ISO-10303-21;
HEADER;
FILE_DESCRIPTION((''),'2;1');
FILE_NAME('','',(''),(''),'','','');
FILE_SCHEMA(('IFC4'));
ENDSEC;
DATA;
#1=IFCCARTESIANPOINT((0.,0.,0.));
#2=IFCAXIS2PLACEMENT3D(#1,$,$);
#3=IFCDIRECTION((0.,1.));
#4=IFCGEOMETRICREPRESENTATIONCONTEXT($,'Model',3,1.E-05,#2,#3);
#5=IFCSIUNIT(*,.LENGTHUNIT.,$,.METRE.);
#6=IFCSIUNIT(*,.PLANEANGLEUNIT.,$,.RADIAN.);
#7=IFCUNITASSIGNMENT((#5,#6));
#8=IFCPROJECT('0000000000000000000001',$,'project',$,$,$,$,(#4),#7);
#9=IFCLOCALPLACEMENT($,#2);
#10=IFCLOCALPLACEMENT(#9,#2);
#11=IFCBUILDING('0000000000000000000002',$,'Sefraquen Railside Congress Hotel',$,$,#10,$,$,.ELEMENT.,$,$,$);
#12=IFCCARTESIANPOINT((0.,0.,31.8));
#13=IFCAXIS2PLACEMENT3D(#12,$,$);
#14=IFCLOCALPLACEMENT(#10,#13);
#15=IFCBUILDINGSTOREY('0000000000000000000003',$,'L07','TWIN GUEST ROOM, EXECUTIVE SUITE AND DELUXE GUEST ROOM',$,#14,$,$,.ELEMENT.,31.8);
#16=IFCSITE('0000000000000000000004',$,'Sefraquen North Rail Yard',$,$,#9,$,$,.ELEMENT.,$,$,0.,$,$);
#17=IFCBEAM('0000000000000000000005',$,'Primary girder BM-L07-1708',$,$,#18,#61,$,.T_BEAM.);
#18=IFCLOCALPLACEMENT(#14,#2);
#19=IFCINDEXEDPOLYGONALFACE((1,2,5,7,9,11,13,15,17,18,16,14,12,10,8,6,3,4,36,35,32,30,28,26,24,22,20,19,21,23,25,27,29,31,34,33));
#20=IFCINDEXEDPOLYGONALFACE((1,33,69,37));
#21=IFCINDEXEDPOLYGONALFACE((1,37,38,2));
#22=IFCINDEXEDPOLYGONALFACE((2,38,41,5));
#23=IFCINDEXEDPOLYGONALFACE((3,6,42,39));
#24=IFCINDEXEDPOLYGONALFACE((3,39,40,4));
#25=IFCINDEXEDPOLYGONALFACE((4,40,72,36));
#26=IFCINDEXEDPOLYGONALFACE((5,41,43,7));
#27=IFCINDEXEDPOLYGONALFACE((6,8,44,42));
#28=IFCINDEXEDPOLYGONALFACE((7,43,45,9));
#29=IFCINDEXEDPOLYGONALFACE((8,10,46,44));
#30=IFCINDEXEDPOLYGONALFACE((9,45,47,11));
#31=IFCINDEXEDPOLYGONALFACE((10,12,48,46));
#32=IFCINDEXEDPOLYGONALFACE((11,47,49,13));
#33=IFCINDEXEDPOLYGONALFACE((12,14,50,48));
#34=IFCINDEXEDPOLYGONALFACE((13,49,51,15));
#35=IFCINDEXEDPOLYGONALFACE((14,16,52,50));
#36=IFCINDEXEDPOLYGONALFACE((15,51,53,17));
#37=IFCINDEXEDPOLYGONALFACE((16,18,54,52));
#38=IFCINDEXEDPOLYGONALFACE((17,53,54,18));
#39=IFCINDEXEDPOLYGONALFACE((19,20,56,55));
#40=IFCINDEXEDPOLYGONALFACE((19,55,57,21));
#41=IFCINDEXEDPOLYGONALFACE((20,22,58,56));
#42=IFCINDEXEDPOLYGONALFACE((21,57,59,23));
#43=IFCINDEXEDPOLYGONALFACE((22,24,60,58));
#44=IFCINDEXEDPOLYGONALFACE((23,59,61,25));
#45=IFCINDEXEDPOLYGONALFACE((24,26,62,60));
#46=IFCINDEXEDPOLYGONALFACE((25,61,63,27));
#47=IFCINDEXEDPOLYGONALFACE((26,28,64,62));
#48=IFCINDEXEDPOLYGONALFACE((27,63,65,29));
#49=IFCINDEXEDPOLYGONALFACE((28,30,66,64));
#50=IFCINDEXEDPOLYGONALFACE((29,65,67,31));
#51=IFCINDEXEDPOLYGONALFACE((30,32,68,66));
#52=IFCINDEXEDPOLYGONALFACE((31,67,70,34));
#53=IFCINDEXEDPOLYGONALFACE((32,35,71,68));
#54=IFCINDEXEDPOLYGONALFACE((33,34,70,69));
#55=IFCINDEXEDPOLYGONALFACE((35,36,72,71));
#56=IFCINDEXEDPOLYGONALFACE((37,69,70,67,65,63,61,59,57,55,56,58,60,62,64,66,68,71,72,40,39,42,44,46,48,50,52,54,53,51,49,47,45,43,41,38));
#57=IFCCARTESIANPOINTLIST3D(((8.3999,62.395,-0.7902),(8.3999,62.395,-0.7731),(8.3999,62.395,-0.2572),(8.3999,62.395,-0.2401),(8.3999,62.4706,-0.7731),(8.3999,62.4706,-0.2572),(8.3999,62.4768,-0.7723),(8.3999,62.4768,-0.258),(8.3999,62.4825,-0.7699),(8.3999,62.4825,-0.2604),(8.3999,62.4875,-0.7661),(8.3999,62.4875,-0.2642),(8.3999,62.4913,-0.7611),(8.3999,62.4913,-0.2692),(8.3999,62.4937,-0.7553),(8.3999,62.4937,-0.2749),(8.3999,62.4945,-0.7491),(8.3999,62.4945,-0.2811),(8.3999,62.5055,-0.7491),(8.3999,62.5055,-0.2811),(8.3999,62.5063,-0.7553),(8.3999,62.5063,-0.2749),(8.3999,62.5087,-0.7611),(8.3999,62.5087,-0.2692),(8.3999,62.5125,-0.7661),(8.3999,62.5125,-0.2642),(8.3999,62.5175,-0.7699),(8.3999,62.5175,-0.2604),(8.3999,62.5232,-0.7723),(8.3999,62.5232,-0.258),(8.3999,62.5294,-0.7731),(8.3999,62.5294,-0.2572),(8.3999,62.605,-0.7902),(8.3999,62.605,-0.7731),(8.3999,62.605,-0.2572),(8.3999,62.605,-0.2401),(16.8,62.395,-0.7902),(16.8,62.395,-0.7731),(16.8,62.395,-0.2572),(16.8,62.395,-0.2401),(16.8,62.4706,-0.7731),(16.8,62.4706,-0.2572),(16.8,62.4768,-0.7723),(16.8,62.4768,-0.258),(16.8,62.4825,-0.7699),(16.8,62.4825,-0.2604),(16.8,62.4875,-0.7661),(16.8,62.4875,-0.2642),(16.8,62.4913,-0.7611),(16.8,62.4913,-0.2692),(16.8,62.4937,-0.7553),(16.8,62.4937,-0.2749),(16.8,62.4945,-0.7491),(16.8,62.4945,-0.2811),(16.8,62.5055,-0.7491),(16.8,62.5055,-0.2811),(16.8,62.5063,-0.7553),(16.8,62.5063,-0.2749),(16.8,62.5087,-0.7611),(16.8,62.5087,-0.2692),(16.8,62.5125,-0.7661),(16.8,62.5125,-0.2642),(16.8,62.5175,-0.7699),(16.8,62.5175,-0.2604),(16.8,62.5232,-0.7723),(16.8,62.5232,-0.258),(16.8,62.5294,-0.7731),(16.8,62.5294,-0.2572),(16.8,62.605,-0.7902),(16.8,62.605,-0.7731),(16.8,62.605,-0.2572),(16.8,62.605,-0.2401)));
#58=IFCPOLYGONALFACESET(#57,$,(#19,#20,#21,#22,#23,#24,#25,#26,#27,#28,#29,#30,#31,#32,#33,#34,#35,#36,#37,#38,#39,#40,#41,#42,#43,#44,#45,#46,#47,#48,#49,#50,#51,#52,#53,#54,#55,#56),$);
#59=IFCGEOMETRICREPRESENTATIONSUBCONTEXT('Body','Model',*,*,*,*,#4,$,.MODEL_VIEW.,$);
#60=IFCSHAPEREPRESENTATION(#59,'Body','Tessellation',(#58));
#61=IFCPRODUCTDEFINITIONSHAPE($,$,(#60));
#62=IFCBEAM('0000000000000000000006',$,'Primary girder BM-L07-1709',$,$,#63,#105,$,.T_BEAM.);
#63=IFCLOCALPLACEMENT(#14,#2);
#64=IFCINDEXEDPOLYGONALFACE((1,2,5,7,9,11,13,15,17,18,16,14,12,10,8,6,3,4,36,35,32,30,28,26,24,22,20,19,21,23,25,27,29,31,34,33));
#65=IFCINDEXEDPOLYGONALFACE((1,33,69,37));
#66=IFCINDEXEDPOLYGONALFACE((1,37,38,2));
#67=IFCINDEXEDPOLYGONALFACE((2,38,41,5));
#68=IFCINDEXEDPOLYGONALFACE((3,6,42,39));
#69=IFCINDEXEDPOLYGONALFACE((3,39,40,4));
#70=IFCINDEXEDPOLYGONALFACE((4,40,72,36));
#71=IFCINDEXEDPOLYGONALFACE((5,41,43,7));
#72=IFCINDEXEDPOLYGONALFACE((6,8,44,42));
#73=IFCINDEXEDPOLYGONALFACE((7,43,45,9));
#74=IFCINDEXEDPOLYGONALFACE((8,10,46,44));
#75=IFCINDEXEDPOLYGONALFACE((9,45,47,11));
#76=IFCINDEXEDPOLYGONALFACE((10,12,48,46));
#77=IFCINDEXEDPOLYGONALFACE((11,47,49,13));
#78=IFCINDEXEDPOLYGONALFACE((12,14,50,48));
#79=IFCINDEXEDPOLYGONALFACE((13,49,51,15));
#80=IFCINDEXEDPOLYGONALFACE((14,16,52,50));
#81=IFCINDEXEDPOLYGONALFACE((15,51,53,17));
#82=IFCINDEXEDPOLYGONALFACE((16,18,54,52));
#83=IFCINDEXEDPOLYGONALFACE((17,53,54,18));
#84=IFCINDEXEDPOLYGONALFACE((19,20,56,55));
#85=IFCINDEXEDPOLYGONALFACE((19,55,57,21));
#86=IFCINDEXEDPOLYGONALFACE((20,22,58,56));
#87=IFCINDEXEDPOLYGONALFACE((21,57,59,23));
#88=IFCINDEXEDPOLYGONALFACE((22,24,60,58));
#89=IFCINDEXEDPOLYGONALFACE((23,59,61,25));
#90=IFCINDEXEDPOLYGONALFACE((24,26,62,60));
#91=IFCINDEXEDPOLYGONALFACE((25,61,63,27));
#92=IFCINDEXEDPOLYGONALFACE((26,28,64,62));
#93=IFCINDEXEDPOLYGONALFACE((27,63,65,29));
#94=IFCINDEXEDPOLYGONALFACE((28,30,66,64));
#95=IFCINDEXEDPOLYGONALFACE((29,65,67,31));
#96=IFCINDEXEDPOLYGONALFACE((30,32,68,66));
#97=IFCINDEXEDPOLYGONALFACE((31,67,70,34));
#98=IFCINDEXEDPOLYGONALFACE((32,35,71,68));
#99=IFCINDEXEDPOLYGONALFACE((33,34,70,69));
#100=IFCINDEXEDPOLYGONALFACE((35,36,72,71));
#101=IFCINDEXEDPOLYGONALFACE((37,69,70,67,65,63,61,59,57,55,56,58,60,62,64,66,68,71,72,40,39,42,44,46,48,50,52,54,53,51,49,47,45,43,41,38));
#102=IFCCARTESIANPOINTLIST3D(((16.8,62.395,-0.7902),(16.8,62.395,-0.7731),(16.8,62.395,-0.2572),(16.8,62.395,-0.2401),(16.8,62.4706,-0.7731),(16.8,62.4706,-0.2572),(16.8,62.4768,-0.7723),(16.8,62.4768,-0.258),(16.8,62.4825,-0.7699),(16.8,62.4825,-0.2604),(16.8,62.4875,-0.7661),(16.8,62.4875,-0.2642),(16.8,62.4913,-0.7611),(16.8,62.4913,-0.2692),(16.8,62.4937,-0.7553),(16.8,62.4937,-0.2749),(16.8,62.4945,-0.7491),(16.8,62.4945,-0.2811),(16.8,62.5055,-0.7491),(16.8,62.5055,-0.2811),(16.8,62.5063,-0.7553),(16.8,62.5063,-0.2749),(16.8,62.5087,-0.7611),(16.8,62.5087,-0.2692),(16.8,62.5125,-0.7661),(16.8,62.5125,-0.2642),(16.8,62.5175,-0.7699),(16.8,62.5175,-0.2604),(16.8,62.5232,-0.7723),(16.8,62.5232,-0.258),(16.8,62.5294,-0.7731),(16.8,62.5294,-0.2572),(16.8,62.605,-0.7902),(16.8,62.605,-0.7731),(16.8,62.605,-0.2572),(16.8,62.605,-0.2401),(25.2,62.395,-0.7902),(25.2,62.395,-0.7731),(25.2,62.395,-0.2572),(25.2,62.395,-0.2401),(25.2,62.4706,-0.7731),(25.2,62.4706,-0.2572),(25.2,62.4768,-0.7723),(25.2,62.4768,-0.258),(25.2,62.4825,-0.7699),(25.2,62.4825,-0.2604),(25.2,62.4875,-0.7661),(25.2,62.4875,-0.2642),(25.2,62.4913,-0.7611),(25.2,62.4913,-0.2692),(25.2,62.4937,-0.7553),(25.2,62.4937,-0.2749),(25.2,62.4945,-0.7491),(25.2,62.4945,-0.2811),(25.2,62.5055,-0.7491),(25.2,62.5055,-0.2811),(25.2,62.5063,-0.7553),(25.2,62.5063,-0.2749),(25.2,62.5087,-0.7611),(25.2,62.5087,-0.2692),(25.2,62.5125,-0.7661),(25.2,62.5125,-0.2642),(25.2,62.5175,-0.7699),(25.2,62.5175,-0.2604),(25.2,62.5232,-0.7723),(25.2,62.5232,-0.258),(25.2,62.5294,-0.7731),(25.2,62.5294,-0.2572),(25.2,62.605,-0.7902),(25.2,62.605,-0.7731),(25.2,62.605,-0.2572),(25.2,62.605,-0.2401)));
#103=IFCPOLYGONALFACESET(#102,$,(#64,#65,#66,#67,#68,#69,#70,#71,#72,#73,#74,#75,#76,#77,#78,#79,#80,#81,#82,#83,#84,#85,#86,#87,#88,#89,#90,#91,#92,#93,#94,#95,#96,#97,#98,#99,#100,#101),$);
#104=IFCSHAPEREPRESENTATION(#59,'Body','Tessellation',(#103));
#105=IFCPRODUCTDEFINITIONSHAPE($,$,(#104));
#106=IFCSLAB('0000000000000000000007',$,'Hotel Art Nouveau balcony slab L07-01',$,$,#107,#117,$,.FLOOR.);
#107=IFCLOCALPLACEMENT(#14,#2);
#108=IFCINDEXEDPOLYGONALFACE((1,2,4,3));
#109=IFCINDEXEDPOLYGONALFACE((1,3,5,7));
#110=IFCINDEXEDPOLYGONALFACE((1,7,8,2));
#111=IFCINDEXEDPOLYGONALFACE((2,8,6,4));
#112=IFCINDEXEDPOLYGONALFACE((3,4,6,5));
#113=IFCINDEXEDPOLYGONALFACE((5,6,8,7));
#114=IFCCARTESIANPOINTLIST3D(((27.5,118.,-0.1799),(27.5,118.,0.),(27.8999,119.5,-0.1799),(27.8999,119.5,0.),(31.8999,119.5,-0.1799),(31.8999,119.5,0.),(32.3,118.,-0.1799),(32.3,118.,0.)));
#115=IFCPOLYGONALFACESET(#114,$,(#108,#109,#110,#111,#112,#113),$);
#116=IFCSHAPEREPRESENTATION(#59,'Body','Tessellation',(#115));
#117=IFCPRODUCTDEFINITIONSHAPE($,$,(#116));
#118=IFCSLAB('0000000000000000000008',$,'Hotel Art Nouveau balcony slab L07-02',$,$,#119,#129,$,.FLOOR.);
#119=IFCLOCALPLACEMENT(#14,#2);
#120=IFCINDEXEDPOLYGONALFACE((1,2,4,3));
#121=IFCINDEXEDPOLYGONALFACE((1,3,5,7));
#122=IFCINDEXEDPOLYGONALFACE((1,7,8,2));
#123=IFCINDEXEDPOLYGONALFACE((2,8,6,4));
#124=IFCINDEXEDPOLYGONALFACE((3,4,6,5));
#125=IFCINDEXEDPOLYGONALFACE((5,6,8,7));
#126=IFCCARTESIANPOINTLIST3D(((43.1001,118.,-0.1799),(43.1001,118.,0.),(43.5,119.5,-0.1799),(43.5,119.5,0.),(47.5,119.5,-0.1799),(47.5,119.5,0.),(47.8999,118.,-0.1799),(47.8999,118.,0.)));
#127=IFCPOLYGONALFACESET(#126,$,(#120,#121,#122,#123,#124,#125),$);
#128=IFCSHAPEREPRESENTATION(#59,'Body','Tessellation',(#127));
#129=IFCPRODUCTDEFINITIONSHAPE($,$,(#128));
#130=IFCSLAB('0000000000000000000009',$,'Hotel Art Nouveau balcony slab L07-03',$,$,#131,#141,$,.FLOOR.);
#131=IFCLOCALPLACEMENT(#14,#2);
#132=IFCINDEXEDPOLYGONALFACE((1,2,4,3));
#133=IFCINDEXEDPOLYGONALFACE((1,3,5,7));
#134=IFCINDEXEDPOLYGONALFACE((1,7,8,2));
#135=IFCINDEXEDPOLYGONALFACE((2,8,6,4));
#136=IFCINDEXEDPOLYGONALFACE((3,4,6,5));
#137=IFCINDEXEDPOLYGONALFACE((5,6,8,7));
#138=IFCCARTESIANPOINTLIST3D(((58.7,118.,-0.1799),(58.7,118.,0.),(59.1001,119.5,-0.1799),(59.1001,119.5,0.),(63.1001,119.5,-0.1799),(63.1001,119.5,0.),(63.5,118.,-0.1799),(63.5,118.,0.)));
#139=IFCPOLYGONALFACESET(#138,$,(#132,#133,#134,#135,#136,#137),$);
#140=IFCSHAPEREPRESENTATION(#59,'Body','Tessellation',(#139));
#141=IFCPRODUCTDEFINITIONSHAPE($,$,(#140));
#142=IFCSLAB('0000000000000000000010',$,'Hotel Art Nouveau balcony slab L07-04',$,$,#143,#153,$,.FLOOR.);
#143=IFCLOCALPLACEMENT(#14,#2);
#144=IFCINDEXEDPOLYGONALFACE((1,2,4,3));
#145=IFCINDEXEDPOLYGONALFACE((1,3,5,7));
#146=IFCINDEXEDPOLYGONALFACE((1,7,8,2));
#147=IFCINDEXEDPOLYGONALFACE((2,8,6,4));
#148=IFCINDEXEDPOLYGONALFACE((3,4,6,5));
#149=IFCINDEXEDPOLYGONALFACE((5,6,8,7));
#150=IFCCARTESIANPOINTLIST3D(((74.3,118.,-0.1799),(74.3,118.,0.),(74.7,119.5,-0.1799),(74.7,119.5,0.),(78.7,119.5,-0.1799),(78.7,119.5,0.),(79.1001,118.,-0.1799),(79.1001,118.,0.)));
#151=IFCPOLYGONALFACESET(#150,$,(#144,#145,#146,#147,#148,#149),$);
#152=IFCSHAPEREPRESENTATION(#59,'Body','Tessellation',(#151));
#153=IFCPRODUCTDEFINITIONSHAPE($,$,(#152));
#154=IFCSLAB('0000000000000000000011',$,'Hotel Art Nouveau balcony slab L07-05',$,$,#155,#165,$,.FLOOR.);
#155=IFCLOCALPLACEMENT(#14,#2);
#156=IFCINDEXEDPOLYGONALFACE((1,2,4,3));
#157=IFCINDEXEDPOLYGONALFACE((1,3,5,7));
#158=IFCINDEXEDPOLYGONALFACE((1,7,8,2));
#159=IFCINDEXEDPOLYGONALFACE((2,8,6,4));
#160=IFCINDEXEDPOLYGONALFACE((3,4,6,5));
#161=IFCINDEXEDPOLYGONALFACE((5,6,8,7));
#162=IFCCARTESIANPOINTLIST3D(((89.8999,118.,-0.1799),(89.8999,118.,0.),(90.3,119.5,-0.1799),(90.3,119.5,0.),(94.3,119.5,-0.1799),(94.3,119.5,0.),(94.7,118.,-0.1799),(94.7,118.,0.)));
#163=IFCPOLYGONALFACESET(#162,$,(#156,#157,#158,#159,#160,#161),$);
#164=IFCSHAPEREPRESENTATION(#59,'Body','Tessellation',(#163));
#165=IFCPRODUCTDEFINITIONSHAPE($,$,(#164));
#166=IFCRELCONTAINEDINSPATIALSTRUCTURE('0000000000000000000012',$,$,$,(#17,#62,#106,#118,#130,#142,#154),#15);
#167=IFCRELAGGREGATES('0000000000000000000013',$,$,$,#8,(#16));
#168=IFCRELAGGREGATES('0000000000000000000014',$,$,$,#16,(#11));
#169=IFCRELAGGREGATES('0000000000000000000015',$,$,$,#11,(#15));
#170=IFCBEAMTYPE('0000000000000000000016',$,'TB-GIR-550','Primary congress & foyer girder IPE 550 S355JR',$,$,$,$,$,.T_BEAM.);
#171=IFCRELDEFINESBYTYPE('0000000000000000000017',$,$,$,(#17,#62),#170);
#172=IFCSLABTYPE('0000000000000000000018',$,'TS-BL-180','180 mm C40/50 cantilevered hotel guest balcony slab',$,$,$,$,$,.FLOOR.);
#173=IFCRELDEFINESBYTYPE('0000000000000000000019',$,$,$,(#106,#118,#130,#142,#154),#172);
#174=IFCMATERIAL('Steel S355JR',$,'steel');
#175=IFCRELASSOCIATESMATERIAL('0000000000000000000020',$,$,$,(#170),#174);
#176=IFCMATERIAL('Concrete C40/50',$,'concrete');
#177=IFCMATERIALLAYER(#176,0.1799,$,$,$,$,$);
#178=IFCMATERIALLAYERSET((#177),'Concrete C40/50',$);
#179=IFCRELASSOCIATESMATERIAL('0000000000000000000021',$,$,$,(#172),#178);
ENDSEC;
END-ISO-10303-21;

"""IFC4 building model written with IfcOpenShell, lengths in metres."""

from ifc_helpers import new_model, si_unit, direction, frame, origin, origin_2d, place, context, subcontext, project, spatial, polyline, i_section, outline, extrude, material, layer, layer_set, material_profile, profile_set, type_object, element, save


model = new_model("IFC4")

# Units and contexts
model_context = context("Model", 3, precision=1e-05, world=origin(), true_north=direction((0.0, 1.0)))
body_context = subcontext(model_context, "Body", "Model", "MODEL_VIEW")
ifc_project = project(units=[si_unit("LENGTHUNIT", "METRE"), si_unit("PLANEANGLEUNIT", "RADIAN")], contexts=[model_context])

# Site, building, storey
site_placement = place(None, origin())
site = spatial("IfcSite", under=ifc_project, at=site_placement, Name="Sefraquen North Rail Yard", CompositionType="ELEMENT", RefElevation=0.0)
building_placement = place(site_placement, origin())
building = spatial("IfcBuilding", under=site, at=building_placement, Name="Sefraquen Railside Congress Hotel", CompositionType="ELEMENT")
storey_placement = place(building_placement, frame((0.0, 0.0, 31.8)))
storey = spatial("IfcBuildingStorey", under=building, at=storey_placement, Name="L07", Description="TWIN GUEST ROOM, EXECUTIVE SUITE AND DELUXE GUEST ROOM", CompositionType="ELEMENT", Elevation=31.8)

# Shared definitions
ifc_material_1 = material(Name="Steel S355JR", Category="steel")

# Beams
ifc_material_profile_1 = material_profile(ifc_material_1, i_section(OverallWidth=0.21, OverallDepth=0.55, WebThickness=0.011, FlangeThickness=0.0171, FilletRadius=0.0239, at=origin_2d()), Name="IPE 550")
ifc_profile_set_1 = profile_set([ifc_material_profile_1], Name="Steel S355JR")
beam_type_1 = type_object("IfcBeamType", Name="TB-GIR-550", Description="Primary congress & foyer girder IPE 550 S355JR", PredefinedType="T_BEAM", material=ifc_profile_set_1)
beam_1_placement = place(storey_placement, frame((8.3999, 62.5, -0.5151), z_axis=(1.0, 0.0, 0.0), x_axis=(0.0, 1.0, 0.0)))
element("IfcBeam", 1, at=beam_1_placement, inside=storey, type_object=beam_type_1, Name="Primary girder BM-L07-1708", PredefinedType="T_BEAM", context=body_context, shape_type="SweptSolid", body=[
    extrude(i_section(OverallWidth=0.21, OverallDepth=0.55, WebThickness=0.011, FlangeThickness=0.0171, FilletRadius=0.0239, at=origin_2d()), origin(), (0.0, 0.0, 1.0), 8.4001),
])
beam_2_placement = place(storey_placement, frame((16.8, 62.5, -0.5151), z_axis=(1.0, 0.0, 0.0), x_axis=(0.0, 1.0, 0.0)))
element("IfcBeam", 2, at=beam_2_placement, inside=storey, type_object=beam_type_1, Name="Primary girder BM-L07-1709", PredefinedType="T_BEAM", context=body_context, shape_type="SweptSolid", body=[
    extrude(i_section(OverallWidth=0.21, OverallDepth=0.55, WebThickness=0.011, FlangeThickness=0.0171, FilletRadius=0.0239, at=origin_2d()), origin(), (0.0, 0.0, 1.0), 8.3999),
])

# Slabs
ifc_material_2 = material(Name="Concrete C40/50", Category="concrete")
ifc_layer_1 = layer(ifc_material_2, 0.1799)
ifc_layer_set_1 = layer_set([ifc_layer_1], Name="Concrete C40/50")
slab_type_1 = type_object("IfcSlabType", Name="TS-BL-180", Description="180 mm C40/50 cantilevered hotel guest balcony slab", PredefinedType="FLOOR", material=ifc_layer_set_1)
slab_1_placement = place(storey_placement, frame((0.0, 0.0, -0.1799)))
element("IfcSlab", 3, at=slab_1_placement, inside=storey, type_object=slab_type_1, Name="Hotel Art Nouveau balcony slab L07-01", PredefinedType="FLOOR", context=body_context, shape_type="SweptSolid", body=[
    extrude(outline(polyline([(27.5, 118.0), (32.3, 118.0), (31.8999, 119.5), (27.8999, 119.5), (27.5, 118.0)])), origin(), (0.0, 0.0, 1.0), 0.1799),
])
slab_2_placement = place(storey_placement, frame((0.0, 0.0, -0.1799)))
element("IfcSlab", 4, at=slab_2_placement, inside=storey, type_object=slab_type_1, Name="Hotel Art Nouveau balcony slab L07-02", PredefinedType="FLOOR", context=body_context, shape_type="SweptSolid", body=[
    extrude(outline(polyline([(43.1001, 118.0), (47.8999, 118.0), (47.5, 119.5), (43.5, 119.5), (43.1001, 118.0)])), origin(), (0.0, 0.0, 1.0), 0.1799),
])
slab_3_placement = place(storey_placement, frame((0.0, 0.0, -0.1799)))
element("IfcSlab", 5, at=slab_3_placement, inside=storey, type_object=slab_type_1, Name="Hotel Art Nouveau balcony slab L07-03", PredefinedType="FLOOR", context=body_context, shape_type="SweptSolid", body=[
    extrude(outline(polyline([(58.7, 118.0), (63.5, 118.0), (63.1001, 119.5), (59.1001, 119.5), (58.7, 118.0)])), origin(), (0.0, 0.0, 1.0), 0.1799),
])
slab_4_placement = place(storey_placement, frame((0.0, 0.0, -0.1799)))
element("IfcSlab", 6, at=slab_4_placement, inside=storey, type_object=slab_type_1, Name="Hotel Art Nouveau balcony slab L07-04", PredefinedType="FLOOR", context=body_context, shape_type="SweptSolid", body=[
    extrude(outline(polyline([(74.3, 118.0), (79.1001, 118.0), (78.7, 119.5), (74.7, 119.5), (74.3, 118.0)])), origin(), (0.0, 0.0, 1.0), 0.1799),
])
slab_5_placement = place(storey_placement, frame((0.0, 0.0, -0.1799)))
element("IfcSlab", 7, at=slab_5_placement, inside=storey, type_object=slab_type_1, Name="Hotel Art Nouveau balcony slab L07-05", PredefinedType="FLOOR", context=body_context, shape_type="SweptSolid", body=[
    extrude(outline(polyline([(89.8999, 118.0), (94.7, 118.0), (94.3, 119.5), (90.3, 119.5), (89.8999, 118.0)])), origin(), (0.0, 0.0, 1.0), 0.1799),
])

save(model, "model.ifc")
